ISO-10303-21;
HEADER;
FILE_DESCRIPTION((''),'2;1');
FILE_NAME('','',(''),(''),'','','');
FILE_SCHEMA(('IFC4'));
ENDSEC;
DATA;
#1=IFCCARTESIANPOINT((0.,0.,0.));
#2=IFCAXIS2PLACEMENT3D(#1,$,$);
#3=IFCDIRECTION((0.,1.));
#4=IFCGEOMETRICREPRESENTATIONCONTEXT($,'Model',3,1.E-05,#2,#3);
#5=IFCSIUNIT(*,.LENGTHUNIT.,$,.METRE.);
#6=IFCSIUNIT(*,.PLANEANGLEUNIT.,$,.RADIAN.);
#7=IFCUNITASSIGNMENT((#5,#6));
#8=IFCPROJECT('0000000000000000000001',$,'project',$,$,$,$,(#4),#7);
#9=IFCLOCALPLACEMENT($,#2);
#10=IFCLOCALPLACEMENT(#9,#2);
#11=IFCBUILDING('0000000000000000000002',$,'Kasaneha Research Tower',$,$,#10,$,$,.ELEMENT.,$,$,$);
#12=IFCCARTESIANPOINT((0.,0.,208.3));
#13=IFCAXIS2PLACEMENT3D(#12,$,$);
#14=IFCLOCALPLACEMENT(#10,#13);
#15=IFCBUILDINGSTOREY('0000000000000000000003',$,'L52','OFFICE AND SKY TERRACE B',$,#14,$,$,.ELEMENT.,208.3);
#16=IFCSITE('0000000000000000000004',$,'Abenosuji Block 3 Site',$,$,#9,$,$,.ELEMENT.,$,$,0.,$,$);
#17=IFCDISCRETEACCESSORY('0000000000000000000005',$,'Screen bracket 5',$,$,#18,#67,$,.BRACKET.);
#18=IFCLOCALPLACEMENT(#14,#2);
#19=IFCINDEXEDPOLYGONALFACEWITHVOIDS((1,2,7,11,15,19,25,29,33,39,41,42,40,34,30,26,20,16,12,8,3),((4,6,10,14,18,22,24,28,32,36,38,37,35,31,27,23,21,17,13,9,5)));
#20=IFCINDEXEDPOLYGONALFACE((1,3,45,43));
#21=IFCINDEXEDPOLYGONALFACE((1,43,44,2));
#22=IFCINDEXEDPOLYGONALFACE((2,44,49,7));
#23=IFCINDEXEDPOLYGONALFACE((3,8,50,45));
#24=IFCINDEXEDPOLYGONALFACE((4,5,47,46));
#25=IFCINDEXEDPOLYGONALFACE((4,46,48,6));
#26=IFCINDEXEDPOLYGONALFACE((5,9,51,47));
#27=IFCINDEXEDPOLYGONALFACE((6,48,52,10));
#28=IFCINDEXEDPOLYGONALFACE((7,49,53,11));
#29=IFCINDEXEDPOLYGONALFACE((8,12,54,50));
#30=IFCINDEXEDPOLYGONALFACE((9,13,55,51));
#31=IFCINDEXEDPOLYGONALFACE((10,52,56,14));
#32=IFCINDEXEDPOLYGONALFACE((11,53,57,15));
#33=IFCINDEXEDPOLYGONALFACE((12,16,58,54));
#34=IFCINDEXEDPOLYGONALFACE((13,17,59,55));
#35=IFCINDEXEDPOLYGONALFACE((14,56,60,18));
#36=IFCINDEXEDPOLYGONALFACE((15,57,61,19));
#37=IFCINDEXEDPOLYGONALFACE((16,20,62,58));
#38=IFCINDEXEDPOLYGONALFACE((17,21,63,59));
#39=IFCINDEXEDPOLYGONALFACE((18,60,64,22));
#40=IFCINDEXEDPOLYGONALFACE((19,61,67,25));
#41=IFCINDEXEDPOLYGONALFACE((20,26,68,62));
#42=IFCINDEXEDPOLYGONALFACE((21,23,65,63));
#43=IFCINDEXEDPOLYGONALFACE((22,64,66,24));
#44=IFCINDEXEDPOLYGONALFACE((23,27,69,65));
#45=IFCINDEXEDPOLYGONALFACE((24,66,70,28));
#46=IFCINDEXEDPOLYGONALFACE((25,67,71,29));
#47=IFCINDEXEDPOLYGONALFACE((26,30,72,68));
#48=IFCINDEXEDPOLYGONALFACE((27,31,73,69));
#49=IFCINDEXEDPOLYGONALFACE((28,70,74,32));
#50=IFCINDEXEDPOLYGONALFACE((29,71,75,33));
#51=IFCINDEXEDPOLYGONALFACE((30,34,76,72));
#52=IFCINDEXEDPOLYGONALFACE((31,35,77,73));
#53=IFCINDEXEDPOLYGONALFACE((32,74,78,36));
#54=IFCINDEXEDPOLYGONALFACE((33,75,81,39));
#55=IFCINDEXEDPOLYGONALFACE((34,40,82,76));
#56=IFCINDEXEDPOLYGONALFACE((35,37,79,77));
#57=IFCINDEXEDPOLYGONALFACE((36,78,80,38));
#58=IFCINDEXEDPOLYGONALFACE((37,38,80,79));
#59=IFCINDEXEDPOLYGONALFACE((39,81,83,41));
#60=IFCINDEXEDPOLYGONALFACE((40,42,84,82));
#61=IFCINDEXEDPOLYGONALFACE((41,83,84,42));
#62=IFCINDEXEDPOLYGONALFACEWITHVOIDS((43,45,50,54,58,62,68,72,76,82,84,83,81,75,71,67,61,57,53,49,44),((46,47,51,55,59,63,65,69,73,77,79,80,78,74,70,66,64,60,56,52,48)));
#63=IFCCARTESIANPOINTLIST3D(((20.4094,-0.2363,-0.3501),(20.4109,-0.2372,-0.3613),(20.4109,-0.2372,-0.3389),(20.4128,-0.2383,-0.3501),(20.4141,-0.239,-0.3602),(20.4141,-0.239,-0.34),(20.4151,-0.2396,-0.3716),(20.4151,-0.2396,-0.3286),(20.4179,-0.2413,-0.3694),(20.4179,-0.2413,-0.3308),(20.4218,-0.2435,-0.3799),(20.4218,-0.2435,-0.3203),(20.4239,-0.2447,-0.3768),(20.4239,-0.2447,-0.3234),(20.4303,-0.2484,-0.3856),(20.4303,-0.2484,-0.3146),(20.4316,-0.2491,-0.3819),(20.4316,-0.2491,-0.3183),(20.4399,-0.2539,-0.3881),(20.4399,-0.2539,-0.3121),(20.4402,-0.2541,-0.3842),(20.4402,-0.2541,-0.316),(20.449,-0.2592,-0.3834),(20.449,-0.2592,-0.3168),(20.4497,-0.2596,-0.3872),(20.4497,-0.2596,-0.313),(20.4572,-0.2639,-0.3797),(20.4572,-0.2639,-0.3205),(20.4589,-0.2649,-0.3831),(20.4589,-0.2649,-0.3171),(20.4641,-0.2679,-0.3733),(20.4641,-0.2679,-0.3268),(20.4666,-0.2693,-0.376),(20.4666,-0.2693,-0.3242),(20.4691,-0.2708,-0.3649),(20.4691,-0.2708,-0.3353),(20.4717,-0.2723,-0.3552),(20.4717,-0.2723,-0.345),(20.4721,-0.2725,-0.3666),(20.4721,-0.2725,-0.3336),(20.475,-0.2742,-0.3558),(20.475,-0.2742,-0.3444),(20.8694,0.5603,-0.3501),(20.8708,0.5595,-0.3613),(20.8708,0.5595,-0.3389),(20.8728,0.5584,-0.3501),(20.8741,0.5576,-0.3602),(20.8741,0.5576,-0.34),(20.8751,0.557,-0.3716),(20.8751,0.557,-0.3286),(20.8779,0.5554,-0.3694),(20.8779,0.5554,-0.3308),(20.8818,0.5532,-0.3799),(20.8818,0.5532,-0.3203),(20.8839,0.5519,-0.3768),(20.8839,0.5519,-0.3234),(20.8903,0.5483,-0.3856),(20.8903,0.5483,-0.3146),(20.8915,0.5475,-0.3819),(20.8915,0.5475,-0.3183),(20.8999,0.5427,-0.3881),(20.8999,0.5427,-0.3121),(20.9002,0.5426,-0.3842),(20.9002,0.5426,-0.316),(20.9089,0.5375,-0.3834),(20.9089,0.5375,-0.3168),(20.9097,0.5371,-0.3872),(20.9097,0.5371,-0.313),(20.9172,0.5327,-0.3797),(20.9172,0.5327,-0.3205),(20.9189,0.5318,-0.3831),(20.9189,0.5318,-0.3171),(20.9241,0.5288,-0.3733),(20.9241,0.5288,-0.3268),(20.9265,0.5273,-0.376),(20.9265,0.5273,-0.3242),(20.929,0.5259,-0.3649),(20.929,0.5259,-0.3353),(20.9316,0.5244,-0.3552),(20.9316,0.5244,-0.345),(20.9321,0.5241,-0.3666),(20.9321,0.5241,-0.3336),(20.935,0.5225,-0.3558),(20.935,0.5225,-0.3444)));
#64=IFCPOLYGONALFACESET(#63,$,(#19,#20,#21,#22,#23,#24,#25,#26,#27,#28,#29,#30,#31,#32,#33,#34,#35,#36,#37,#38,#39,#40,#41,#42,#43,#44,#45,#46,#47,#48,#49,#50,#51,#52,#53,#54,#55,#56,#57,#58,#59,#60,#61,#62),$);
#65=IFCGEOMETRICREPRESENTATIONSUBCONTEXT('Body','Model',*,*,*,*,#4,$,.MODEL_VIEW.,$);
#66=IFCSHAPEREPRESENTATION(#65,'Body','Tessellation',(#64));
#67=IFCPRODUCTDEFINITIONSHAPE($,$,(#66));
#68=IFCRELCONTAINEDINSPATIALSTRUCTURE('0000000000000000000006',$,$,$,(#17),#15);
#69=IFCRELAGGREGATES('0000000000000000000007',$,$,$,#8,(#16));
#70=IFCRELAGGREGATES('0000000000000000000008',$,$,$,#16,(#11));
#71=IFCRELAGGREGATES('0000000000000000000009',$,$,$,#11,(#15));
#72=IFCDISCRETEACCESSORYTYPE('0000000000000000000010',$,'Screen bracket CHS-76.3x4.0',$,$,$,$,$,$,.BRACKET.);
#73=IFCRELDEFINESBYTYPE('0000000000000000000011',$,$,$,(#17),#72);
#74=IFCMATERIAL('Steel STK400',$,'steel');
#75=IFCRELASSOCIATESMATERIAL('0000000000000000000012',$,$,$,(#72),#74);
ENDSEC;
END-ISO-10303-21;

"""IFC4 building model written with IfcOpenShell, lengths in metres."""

from ifc_helpers import new_model, si_unit, direction, frame, origin, origin_2d, place, context, subcontext, project, spatial, hollow_circle, extrude, material, material_profile, profile_set, type_object, element, save


model = new_model("IFC4")

# Units and contexts
model_context = context("Model", 3, precision=1e-05, world=origin(), true_north=direction((0.0, 1.0)))
body_context = subcontext(model_context, "Body", "Model", "MODEL_VIEW")
ifc_project = project(units=[si_unit("LENGTHUNIT", "METRE"), si_unit("PLANEANGLEUNIT", "RADIAN")], contexts=[model_context])

# Site, building, storey
site_placement = place(None, origin())
site = spatial("IfcSite", under=ifc_project, at=site_placement, Name="Abenosuji Block 3 Site", CompositionType="ELEMENT", RefElevation=0.0)
building_placement = place(site_placement, origin())
building = spatial("IfcBuilding", under=site, at=building_placement, Name="Kasaneha Research Tower", CompositionType="ELEMENT")
storey_placement = place(building_placement, frame((0.0, 0.0, 208.3)))
storey = spatial("IfcBuildingStorey", under=building, at=storey_placement, Name="L52", Description="OFFICE AND SKY TERRACE B", CompositionType="ELEMENT", Elevation=208.3)

# Discrete accessory
ifc_material_1 = material(Name="Steel STK400", Category="steel")
ifc_material_profile_1 = material_profile(ifc_material_1, hollow_circle(Radius=0.0381, WallThickness=0.0039, at=origin_2d()), Name="CHS-76.3x4.0")
ifc_profile_set_1 = profile_set([ifc_material_profile_1], Name="Steel STK400")
discrete_accessory_type = type_object("IfcDiscreteAccessoryType", Name="Screen bracket CHS-76.3x4.0", PredefinedType="BRACKET", material=ifc_profile_set_1)
discrete_accessory_1_placement = place(storey_placement, frame((20.4424, -0.2554, -0.3501), z_axis=(0.500021, 0.866013, 0.0), x_axis=(-0.866013, 0.500021, 0.0)))
element("IfcDiscreteAccessory", 1, at=discrete_accessory_1_placement, inside=storey, type_object=discrete_accessory_type, Name="Screen bracket 5", PredefinedType="BRACKET", context=body_context, shape_type="SweptSolid", body=[
    extrude(hollow_circle(Radius=0.0381, WallThickness=0.0039, at=origin_2d()), origin(), (0.0, 0.0, 1.0), 0.9199),
])

save(model, "model.ifc")
